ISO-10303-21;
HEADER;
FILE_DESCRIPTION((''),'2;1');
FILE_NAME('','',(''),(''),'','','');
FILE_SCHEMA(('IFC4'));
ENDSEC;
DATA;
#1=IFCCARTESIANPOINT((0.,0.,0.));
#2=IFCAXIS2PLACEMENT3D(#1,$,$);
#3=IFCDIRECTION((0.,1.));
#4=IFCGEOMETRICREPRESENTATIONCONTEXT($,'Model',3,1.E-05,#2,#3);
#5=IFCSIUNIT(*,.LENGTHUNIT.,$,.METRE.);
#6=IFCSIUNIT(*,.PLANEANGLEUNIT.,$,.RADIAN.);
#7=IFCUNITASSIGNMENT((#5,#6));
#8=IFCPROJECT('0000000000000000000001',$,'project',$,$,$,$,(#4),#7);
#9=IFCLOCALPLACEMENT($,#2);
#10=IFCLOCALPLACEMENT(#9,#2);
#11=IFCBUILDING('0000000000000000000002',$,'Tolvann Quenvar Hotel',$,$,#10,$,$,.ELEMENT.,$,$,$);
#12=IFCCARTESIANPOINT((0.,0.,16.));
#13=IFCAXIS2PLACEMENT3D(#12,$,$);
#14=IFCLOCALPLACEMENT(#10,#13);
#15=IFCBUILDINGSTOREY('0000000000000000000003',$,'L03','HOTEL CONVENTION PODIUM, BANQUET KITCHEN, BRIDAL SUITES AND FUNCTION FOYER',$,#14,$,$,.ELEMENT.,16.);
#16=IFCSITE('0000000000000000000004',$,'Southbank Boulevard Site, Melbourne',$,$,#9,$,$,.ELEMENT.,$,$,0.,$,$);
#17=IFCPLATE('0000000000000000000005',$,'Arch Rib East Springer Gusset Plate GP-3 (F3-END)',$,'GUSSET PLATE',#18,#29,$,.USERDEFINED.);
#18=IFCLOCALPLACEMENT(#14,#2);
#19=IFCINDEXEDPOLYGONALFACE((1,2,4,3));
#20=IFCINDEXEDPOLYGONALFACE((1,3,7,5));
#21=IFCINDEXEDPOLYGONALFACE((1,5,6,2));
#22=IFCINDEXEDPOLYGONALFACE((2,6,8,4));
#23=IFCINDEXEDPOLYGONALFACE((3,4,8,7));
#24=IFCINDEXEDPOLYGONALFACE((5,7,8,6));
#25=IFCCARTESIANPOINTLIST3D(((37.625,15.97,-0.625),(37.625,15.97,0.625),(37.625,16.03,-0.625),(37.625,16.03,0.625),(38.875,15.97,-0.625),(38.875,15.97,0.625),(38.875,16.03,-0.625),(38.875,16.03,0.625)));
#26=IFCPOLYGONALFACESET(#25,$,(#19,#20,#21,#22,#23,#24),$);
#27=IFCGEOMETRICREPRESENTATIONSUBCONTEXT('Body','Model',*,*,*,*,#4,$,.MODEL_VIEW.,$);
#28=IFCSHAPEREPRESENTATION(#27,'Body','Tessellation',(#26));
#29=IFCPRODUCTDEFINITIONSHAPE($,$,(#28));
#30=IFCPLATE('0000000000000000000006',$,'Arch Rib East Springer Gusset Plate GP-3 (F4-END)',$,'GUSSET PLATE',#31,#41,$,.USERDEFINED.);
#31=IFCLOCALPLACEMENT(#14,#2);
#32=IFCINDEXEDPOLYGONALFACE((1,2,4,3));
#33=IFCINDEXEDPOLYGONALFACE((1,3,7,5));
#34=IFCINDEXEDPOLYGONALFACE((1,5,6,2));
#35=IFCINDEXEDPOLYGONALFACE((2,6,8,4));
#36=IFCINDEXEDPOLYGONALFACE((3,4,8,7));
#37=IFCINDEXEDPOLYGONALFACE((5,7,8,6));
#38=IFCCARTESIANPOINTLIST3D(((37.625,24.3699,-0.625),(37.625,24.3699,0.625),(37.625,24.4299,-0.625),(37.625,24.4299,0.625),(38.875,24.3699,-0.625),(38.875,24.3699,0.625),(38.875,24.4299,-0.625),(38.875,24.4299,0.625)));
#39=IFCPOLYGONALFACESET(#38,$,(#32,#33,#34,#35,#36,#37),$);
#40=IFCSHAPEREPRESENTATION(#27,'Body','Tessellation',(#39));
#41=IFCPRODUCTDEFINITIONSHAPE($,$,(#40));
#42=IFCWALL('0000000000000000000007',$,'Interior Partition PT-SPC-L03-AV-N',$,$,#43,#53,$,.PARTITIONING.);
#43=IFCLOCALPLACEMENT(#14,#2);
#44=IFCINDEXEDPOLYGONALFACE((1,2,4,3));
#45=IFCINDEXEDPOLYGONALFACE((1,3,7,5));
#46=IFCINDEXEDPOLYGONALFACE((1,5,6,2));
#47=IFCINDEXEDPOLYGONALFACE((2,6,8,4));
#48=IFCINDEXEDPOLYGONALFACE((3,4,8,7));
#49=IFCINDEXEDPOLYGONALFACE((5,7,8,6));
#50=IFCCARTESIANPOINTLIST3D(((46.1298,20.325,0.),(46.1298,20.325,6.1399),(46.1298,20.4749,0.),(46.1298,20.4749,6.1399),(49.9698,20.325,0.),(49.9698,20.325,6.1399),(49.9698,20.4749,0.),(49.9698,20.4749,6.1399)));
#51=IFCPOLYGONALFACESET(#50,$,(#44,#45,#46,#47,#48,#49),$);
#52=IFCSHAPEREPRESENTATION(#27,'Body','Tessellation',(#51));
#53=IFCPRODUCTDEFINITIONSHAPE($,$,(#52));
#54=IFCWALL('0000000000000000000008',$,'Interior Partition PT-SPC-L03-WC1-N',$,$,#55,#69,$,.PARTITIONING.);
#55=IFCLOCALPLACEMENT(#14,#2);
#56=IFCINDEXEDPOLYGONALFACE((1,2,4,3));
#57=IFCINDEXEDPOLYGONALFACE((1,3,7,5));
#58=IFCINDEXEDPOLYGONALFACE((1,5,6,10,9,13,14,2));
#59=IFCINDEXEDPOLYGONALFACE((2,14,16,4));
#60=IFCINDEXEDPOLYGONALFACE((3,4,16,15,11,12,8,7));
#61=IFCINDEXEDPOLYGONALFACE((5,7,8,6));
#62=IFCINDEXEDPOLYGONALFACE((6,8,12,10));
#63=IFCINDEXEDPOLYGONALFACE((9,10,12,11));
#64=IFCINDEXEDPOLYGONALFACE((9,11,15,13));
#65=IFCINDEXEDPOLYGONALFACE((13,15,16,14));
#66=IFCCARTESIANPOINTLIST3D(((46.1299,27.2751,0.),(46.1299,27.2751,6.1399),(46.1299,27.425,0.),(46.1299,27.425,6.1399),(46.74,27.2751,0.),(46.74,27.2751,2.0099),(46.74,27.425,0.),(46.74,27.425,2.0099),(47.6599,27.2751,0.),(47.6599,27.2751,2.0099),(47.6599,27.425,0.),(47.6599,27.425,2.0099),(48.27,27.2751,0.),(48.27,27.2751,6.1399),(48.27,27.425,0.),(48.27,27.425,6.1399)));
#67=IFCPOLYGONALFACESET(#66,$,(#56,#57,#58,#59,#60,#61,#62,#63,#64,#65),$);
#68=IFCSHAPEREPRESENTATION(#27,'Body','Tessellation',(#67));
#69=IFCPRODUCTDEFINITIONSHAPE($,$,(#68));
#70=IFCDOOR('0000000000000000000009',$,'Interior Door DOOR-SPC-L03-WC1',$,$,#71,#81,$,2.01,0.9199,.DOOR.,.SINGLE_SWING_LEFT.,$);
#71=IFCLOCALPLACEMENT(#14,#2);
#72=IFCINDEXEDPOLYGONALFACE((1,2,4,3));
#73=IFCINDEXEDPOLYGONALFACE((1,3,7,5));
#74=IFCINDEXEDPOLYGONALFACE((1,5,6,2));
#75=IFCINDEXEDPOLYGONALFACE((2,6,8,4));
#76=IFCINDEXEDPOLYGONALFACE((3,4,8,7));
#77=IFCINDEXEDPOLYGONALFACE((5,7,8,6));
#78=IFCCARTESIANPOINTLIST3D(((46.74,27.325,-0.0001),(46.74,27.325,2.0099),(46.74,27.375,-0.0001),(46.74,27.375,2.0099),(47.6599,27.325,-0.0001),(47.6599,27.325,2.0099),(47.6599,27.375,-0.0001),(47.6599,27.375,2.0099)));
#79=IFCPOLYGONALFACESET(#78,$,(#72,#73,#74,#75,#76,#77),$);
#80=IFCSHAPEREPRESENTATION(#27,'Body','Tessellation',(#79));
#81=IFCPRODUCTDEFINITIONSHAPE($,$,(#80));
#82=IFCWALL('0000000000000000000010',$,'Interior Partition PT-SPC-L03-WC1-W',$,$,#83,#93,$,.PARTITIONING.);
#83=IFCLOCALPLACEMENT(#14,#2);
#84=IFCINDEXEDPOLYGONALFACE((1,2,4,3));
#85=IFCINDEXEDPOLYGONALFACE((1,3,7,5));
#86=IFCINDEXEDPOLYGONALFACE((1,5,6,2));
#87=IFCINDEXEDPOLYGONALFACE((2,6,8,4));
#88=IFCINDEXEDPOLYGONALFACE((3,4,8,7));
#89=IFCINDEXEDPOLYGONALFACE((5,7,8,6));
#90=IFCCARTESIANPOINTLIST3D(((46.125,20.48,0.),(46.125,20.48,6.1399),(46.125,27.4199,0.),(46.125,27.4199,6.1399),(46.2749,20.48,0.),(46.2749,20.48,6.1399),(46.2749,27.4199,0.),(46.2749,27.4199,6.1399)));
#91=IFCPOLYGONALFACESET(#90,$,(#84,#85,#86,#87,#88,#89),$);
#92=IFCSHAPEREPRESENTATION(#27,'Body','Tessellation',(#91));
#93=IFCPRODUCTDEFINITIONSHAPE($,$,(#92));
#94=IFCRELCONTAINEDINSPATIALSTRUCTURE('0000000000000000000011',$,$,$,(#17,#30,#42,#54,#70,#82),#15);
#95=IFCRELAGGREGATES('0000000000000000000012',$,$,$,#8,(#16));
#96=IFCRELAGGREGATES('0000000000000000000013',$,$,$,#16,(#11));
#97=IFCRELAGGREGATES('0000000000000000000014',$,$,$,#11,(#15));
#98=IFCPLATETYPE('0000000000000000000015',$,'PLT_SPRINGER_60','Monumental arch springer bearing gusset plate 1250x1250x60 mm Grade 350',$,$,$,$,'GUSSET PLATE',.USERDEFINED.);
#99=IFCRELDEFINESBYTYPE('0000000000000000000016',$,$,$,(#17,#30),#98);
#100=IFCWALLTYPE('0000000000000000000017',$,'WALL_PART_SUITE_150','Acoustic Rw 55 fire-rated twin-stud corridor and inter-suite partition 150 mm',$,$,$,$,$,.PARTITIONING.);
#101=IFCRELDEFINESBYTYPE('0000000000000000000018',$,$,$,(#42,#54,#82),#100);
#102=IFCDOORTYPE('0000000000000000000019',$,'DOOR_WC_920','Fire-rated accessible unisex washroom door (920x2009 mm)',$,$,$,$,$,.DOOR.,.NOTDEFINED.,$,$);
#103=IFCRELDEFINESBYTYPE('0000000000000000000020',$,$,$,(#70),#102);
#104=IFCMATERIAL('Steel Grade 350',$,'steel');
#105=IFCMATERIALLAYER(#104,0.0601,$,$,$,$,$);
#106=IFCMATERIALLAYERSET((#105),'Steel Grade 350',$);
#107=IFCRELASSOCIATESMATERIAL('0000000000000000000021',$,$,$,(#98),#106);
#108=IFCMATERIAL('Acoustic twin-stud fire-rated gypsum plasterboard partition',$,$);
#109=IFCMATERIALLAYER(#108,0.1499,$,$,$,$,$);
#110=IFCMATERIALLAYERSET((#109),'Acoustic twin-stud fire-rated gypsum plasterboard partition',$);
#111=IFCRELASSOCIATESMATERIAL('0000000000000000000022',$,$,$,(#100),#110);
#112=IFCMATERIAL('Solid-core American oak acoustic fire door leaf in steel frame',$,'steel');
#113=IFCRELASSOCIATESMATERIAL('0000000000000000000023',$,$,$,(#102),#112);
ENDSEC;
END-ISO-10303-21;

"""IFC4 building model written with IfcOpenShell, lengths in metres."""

from ifc_helpers import new_model, si_unit, direction, frame, frame_2d, origin, origin_2d, place, context, subcontext, project, spatial, rectangle, extrude, source, transform, mapped, material, layer, layer_set, type_object, type_shapes, element, fill, save


model = new_model("IFC4")

# Units and contexts
model_context = context("Model", 3, precision=1e-05, world=origin(), true_north=direction((0.0, 1.0)))
body_context = subcontext(model_context, "Body", "Model", "MODEL_VIEW")
ifc_project = project(units=[si_unit("LENGTHUNIT", "METRE"), si_unit("PLANEANGLEUNIT", "RADIAN")], contexts=[model_context])

# Site, building, storey
site_placement = place(None, origin())
site = spatial("IfcSite", under=ifc_project, at=site_placement, Name="Southbank Boulevard Site, Melbourne", CompositionType="ELEMENT", RefElevation=0.0)
building_placement = place(site_placement, origin())
building = spatial("IfcBuilding", under=site, at=building_placement, Name="Tolvann Quenvar Hotel", CompositionType="ELEMENT")
storey_placement = place(building_placement, frame((0.0, 0.0, 16.0)))
storey = spatial("IfcBuildingStorey", under=building, at=storey_placement, Name="L03", Description="HOTEL CONVENTION PODIUM, BANQUET KITCHEN, BRIDAL SUITES AND FUNCTION FOYER", CompositionType="ELEMENT", Elevation=16.0)

# Shared definitions
ifc_material_1 = material(Name="Steel Grade 350", Category="steel")

# Plates
ifc_layer_1 = layer(ifc_material_1, 0.0601)
ifc_layer_set_1 = layer_set([ifc_layer_1], Name="Steel Grade 350")
plate_type = type_object("IfcPlateType", Name="PLT_SPRINGER_60", Description="Monumental arch springer bearing gusset plate 1250x1250x60 mm Grade 350", ElementType="GUSSET PLATE", PredefinedType="USERDEFINED", material=ifc_layer_set_1)
shared_shape_1 = source(origin(), body_context, "Body", "SweptSolid", [
    extrude(rectangle(XDim=1.25, YDim=0.0601, at=origin_2d()), origin(), (0.0, 0.0, 1.0), 1.25),
])
type_shapes(plate_type, [shared_shape_1])
for number, where, z_axis, x_axis, name in (
    (1, (38.25, 16.0, -0.625), (0.0, 0.0, 1.0), (1.0, 0.0, 0.0), "Arch Rib East Springer Gusset Plate GP-3 (F3-END)"),
    (2, (38.25, 24.3999, -0.625), (0.0, 0.0, 1.0), (1.0, 0.0, 0.0), "Arch Rib East Springer Gusset Plate GP-3 (F4-END)"),
):
    element("IfcPlate", number, at=place(storey_placement, frame(where, z_axis=z_axis, x_axis=x_axis)), inside=storey, type_object=plate_type, Name=name, ObjectType="GUSSET PLATE", PredefinedType="USERDEFINED", context=body_context, shape_type="MappedRepresentation", body=[
        mapped(shared_shape_1, transform((0.0, 0.0, 0.0), x_axis=(1.0, 0.0, 0.0), y_axis=(0.0, 1.0, 0.0), z_axis=(0.0, 0.0, 1.0), scale=1.0)),
    ])

# Shared definitions
ifc_material_2 = material(Name="Acoustic twin-stud fire-rated gypsum plasterboard partition")
ifc_layer_2 = layer(ifc_material_2, 0.1499)
ifc_layer_set_2 = layer_set([ifc_layer_2], Name="Acoustic twin-stud fire-rated gypsum plasterboard partition")
wall_type = type_object("IfcWallType", Name="WALL_PART_SUITE_150", Description="Acoustic Rw 55 fire-rated twin-stud corridor and inter-suite partition 150 mm", PredefinedType="PARTITIONING", material=ifc_layer_set_2)
ifc_material_3 = material(Name="Solid-core American oak acoustic fire door leaf in steel frame", Category="steel")

# Wall
wall_1_placement = place(storey_placement, frame((46.1299, 20.3999, 0.0), z_axis=(0.0, 0.0, 1.0), x_axis=(1.0, 0.0, 0.0)))
element("IfcWall", 3, at=wall_1_placement, inside=storey, type_object=wall_type, Name="Interior Partition PT-SPC-L03-AV-N", PredefinedType="PARTITIONING", context=body_context, shape_type="SweptSolid", body=[
    extrude(rectangle(XDim=3.8401, YDim=0.1499, at=frame_2d((1.9199, 0.0))), origin(), (0.0, 0.0, 1.0), 6.1399),
])

# Wall, opening, door
wall_2_placement = place(storey_placement, frame((46.1299, 27.3501, 0.0), z_axis=(0.0, 0.0, 1.0), x_axis=(1.0, 0.0, 0.0)))
wall_2 = element("IfcWall", 4, at=wall_2_placement, inside=storey, type_object=wall_type, Name="Interior Partition PT-SPC-L03-WC1-N", PredefinedType="PARTITIONING", context=body_context, shape_type="SweptSolid", body=[
    extrude(rectangle(XDim=2.1401, YDim=0.1499, at=frame_2d((1.0701, 0.0))), origin(), (0.0, 0.0, 1.0), 6.1399),
])
opening_1_placement = place(wall_2_placement, frame((0.6101, 0.0, 0.0)))
opening_1 = element("IfcOpeningElement", 5, at=opening_1_placement, cuts=wall_2, PredefinedType="OPENING", context=body_context, shape_type="SweptSolid", body=[
    extrude(rectangle(XDim=0.9199, YDim=2.01, at=frame_2d((0.46, 1.0049))), frame((0.0, 0.085, 0.0), z_axis=(0.0, -1.0, 0.0), x_axis=(1.0, 0.0, 0.0)), (0.0, 0.0, 1.0), 0.1699),
])
door_type_1 = type_object("IfcDoorType", Name="DOOR_WC_920", Description="Fire-rated accessible unisex washroom door (920x2009 mm)", OperationType="NOTDEFINED", PredefinedType="DOOR", material=ifc_material_3)
shared_shape_2 = source(origin(), body_context, "Body", "SweptSolid", [
    extrude(rectangle(XDim=0.9199, YDim=2.01, at=frame_2d((0.46, 1.0049))), frame((0.0, 0.0249, 0.0), z_axis=(0.0, -1.0, 0.0), x_axis=(1.0, 0.0, 0.0)), (0.0, 0.0, 1.0), 0.05),
])
type_shapes(door_type_1, [shared_shape_2])
door_1_placement = place(opening_1_placement, origin())
door_1 = element("IfcDoor", 6, at=door_1_placement, inside=storey, type_object=door_type_1, Name="Interior Door DOOR-SPC-L03-WC1", OperationType="SINGLE_SWING_LEFT", OverallHeight=2.01, OverallWidth=0.9199, PredefinedType="DOOR", context=body_context, shape_type="MappedRepresentation", body=[
    mapped(shared_shape_2, transform((0.0, 0.0, 0.0), x_axis=(1.0, 0.0, 0.0), y_axis=(0.0, 1.0, 0.0), z_axis=(0.0, 0.0, 1.0), scale=1.0)),
])
fill(opening_1, door_1)

# Wall
wall_3_placement = place(storey_placement, frame((46.2, 20.48, 0.0), z_axis=(0.0, 0.0, 1.0), x_axis=(0.0, 1.0, 0.0)))
element("IfcWall", 7, at=wall_3_placement, inside=storey, type_object=wall_type, Name="Interior Partition PT-SPC-L03-WC1-W", PredefinedType="PARTITIONING", context=body_context, shape_type="SweptSolid", body=[
    extrude(rectangle(XDim=6.9399, YDim=0.1499, at=frame_2d((3.47, 0.0))), origin(), (0.0, 0.0, 1.0), 6.1399),
])

save(model, "model.ifc")
